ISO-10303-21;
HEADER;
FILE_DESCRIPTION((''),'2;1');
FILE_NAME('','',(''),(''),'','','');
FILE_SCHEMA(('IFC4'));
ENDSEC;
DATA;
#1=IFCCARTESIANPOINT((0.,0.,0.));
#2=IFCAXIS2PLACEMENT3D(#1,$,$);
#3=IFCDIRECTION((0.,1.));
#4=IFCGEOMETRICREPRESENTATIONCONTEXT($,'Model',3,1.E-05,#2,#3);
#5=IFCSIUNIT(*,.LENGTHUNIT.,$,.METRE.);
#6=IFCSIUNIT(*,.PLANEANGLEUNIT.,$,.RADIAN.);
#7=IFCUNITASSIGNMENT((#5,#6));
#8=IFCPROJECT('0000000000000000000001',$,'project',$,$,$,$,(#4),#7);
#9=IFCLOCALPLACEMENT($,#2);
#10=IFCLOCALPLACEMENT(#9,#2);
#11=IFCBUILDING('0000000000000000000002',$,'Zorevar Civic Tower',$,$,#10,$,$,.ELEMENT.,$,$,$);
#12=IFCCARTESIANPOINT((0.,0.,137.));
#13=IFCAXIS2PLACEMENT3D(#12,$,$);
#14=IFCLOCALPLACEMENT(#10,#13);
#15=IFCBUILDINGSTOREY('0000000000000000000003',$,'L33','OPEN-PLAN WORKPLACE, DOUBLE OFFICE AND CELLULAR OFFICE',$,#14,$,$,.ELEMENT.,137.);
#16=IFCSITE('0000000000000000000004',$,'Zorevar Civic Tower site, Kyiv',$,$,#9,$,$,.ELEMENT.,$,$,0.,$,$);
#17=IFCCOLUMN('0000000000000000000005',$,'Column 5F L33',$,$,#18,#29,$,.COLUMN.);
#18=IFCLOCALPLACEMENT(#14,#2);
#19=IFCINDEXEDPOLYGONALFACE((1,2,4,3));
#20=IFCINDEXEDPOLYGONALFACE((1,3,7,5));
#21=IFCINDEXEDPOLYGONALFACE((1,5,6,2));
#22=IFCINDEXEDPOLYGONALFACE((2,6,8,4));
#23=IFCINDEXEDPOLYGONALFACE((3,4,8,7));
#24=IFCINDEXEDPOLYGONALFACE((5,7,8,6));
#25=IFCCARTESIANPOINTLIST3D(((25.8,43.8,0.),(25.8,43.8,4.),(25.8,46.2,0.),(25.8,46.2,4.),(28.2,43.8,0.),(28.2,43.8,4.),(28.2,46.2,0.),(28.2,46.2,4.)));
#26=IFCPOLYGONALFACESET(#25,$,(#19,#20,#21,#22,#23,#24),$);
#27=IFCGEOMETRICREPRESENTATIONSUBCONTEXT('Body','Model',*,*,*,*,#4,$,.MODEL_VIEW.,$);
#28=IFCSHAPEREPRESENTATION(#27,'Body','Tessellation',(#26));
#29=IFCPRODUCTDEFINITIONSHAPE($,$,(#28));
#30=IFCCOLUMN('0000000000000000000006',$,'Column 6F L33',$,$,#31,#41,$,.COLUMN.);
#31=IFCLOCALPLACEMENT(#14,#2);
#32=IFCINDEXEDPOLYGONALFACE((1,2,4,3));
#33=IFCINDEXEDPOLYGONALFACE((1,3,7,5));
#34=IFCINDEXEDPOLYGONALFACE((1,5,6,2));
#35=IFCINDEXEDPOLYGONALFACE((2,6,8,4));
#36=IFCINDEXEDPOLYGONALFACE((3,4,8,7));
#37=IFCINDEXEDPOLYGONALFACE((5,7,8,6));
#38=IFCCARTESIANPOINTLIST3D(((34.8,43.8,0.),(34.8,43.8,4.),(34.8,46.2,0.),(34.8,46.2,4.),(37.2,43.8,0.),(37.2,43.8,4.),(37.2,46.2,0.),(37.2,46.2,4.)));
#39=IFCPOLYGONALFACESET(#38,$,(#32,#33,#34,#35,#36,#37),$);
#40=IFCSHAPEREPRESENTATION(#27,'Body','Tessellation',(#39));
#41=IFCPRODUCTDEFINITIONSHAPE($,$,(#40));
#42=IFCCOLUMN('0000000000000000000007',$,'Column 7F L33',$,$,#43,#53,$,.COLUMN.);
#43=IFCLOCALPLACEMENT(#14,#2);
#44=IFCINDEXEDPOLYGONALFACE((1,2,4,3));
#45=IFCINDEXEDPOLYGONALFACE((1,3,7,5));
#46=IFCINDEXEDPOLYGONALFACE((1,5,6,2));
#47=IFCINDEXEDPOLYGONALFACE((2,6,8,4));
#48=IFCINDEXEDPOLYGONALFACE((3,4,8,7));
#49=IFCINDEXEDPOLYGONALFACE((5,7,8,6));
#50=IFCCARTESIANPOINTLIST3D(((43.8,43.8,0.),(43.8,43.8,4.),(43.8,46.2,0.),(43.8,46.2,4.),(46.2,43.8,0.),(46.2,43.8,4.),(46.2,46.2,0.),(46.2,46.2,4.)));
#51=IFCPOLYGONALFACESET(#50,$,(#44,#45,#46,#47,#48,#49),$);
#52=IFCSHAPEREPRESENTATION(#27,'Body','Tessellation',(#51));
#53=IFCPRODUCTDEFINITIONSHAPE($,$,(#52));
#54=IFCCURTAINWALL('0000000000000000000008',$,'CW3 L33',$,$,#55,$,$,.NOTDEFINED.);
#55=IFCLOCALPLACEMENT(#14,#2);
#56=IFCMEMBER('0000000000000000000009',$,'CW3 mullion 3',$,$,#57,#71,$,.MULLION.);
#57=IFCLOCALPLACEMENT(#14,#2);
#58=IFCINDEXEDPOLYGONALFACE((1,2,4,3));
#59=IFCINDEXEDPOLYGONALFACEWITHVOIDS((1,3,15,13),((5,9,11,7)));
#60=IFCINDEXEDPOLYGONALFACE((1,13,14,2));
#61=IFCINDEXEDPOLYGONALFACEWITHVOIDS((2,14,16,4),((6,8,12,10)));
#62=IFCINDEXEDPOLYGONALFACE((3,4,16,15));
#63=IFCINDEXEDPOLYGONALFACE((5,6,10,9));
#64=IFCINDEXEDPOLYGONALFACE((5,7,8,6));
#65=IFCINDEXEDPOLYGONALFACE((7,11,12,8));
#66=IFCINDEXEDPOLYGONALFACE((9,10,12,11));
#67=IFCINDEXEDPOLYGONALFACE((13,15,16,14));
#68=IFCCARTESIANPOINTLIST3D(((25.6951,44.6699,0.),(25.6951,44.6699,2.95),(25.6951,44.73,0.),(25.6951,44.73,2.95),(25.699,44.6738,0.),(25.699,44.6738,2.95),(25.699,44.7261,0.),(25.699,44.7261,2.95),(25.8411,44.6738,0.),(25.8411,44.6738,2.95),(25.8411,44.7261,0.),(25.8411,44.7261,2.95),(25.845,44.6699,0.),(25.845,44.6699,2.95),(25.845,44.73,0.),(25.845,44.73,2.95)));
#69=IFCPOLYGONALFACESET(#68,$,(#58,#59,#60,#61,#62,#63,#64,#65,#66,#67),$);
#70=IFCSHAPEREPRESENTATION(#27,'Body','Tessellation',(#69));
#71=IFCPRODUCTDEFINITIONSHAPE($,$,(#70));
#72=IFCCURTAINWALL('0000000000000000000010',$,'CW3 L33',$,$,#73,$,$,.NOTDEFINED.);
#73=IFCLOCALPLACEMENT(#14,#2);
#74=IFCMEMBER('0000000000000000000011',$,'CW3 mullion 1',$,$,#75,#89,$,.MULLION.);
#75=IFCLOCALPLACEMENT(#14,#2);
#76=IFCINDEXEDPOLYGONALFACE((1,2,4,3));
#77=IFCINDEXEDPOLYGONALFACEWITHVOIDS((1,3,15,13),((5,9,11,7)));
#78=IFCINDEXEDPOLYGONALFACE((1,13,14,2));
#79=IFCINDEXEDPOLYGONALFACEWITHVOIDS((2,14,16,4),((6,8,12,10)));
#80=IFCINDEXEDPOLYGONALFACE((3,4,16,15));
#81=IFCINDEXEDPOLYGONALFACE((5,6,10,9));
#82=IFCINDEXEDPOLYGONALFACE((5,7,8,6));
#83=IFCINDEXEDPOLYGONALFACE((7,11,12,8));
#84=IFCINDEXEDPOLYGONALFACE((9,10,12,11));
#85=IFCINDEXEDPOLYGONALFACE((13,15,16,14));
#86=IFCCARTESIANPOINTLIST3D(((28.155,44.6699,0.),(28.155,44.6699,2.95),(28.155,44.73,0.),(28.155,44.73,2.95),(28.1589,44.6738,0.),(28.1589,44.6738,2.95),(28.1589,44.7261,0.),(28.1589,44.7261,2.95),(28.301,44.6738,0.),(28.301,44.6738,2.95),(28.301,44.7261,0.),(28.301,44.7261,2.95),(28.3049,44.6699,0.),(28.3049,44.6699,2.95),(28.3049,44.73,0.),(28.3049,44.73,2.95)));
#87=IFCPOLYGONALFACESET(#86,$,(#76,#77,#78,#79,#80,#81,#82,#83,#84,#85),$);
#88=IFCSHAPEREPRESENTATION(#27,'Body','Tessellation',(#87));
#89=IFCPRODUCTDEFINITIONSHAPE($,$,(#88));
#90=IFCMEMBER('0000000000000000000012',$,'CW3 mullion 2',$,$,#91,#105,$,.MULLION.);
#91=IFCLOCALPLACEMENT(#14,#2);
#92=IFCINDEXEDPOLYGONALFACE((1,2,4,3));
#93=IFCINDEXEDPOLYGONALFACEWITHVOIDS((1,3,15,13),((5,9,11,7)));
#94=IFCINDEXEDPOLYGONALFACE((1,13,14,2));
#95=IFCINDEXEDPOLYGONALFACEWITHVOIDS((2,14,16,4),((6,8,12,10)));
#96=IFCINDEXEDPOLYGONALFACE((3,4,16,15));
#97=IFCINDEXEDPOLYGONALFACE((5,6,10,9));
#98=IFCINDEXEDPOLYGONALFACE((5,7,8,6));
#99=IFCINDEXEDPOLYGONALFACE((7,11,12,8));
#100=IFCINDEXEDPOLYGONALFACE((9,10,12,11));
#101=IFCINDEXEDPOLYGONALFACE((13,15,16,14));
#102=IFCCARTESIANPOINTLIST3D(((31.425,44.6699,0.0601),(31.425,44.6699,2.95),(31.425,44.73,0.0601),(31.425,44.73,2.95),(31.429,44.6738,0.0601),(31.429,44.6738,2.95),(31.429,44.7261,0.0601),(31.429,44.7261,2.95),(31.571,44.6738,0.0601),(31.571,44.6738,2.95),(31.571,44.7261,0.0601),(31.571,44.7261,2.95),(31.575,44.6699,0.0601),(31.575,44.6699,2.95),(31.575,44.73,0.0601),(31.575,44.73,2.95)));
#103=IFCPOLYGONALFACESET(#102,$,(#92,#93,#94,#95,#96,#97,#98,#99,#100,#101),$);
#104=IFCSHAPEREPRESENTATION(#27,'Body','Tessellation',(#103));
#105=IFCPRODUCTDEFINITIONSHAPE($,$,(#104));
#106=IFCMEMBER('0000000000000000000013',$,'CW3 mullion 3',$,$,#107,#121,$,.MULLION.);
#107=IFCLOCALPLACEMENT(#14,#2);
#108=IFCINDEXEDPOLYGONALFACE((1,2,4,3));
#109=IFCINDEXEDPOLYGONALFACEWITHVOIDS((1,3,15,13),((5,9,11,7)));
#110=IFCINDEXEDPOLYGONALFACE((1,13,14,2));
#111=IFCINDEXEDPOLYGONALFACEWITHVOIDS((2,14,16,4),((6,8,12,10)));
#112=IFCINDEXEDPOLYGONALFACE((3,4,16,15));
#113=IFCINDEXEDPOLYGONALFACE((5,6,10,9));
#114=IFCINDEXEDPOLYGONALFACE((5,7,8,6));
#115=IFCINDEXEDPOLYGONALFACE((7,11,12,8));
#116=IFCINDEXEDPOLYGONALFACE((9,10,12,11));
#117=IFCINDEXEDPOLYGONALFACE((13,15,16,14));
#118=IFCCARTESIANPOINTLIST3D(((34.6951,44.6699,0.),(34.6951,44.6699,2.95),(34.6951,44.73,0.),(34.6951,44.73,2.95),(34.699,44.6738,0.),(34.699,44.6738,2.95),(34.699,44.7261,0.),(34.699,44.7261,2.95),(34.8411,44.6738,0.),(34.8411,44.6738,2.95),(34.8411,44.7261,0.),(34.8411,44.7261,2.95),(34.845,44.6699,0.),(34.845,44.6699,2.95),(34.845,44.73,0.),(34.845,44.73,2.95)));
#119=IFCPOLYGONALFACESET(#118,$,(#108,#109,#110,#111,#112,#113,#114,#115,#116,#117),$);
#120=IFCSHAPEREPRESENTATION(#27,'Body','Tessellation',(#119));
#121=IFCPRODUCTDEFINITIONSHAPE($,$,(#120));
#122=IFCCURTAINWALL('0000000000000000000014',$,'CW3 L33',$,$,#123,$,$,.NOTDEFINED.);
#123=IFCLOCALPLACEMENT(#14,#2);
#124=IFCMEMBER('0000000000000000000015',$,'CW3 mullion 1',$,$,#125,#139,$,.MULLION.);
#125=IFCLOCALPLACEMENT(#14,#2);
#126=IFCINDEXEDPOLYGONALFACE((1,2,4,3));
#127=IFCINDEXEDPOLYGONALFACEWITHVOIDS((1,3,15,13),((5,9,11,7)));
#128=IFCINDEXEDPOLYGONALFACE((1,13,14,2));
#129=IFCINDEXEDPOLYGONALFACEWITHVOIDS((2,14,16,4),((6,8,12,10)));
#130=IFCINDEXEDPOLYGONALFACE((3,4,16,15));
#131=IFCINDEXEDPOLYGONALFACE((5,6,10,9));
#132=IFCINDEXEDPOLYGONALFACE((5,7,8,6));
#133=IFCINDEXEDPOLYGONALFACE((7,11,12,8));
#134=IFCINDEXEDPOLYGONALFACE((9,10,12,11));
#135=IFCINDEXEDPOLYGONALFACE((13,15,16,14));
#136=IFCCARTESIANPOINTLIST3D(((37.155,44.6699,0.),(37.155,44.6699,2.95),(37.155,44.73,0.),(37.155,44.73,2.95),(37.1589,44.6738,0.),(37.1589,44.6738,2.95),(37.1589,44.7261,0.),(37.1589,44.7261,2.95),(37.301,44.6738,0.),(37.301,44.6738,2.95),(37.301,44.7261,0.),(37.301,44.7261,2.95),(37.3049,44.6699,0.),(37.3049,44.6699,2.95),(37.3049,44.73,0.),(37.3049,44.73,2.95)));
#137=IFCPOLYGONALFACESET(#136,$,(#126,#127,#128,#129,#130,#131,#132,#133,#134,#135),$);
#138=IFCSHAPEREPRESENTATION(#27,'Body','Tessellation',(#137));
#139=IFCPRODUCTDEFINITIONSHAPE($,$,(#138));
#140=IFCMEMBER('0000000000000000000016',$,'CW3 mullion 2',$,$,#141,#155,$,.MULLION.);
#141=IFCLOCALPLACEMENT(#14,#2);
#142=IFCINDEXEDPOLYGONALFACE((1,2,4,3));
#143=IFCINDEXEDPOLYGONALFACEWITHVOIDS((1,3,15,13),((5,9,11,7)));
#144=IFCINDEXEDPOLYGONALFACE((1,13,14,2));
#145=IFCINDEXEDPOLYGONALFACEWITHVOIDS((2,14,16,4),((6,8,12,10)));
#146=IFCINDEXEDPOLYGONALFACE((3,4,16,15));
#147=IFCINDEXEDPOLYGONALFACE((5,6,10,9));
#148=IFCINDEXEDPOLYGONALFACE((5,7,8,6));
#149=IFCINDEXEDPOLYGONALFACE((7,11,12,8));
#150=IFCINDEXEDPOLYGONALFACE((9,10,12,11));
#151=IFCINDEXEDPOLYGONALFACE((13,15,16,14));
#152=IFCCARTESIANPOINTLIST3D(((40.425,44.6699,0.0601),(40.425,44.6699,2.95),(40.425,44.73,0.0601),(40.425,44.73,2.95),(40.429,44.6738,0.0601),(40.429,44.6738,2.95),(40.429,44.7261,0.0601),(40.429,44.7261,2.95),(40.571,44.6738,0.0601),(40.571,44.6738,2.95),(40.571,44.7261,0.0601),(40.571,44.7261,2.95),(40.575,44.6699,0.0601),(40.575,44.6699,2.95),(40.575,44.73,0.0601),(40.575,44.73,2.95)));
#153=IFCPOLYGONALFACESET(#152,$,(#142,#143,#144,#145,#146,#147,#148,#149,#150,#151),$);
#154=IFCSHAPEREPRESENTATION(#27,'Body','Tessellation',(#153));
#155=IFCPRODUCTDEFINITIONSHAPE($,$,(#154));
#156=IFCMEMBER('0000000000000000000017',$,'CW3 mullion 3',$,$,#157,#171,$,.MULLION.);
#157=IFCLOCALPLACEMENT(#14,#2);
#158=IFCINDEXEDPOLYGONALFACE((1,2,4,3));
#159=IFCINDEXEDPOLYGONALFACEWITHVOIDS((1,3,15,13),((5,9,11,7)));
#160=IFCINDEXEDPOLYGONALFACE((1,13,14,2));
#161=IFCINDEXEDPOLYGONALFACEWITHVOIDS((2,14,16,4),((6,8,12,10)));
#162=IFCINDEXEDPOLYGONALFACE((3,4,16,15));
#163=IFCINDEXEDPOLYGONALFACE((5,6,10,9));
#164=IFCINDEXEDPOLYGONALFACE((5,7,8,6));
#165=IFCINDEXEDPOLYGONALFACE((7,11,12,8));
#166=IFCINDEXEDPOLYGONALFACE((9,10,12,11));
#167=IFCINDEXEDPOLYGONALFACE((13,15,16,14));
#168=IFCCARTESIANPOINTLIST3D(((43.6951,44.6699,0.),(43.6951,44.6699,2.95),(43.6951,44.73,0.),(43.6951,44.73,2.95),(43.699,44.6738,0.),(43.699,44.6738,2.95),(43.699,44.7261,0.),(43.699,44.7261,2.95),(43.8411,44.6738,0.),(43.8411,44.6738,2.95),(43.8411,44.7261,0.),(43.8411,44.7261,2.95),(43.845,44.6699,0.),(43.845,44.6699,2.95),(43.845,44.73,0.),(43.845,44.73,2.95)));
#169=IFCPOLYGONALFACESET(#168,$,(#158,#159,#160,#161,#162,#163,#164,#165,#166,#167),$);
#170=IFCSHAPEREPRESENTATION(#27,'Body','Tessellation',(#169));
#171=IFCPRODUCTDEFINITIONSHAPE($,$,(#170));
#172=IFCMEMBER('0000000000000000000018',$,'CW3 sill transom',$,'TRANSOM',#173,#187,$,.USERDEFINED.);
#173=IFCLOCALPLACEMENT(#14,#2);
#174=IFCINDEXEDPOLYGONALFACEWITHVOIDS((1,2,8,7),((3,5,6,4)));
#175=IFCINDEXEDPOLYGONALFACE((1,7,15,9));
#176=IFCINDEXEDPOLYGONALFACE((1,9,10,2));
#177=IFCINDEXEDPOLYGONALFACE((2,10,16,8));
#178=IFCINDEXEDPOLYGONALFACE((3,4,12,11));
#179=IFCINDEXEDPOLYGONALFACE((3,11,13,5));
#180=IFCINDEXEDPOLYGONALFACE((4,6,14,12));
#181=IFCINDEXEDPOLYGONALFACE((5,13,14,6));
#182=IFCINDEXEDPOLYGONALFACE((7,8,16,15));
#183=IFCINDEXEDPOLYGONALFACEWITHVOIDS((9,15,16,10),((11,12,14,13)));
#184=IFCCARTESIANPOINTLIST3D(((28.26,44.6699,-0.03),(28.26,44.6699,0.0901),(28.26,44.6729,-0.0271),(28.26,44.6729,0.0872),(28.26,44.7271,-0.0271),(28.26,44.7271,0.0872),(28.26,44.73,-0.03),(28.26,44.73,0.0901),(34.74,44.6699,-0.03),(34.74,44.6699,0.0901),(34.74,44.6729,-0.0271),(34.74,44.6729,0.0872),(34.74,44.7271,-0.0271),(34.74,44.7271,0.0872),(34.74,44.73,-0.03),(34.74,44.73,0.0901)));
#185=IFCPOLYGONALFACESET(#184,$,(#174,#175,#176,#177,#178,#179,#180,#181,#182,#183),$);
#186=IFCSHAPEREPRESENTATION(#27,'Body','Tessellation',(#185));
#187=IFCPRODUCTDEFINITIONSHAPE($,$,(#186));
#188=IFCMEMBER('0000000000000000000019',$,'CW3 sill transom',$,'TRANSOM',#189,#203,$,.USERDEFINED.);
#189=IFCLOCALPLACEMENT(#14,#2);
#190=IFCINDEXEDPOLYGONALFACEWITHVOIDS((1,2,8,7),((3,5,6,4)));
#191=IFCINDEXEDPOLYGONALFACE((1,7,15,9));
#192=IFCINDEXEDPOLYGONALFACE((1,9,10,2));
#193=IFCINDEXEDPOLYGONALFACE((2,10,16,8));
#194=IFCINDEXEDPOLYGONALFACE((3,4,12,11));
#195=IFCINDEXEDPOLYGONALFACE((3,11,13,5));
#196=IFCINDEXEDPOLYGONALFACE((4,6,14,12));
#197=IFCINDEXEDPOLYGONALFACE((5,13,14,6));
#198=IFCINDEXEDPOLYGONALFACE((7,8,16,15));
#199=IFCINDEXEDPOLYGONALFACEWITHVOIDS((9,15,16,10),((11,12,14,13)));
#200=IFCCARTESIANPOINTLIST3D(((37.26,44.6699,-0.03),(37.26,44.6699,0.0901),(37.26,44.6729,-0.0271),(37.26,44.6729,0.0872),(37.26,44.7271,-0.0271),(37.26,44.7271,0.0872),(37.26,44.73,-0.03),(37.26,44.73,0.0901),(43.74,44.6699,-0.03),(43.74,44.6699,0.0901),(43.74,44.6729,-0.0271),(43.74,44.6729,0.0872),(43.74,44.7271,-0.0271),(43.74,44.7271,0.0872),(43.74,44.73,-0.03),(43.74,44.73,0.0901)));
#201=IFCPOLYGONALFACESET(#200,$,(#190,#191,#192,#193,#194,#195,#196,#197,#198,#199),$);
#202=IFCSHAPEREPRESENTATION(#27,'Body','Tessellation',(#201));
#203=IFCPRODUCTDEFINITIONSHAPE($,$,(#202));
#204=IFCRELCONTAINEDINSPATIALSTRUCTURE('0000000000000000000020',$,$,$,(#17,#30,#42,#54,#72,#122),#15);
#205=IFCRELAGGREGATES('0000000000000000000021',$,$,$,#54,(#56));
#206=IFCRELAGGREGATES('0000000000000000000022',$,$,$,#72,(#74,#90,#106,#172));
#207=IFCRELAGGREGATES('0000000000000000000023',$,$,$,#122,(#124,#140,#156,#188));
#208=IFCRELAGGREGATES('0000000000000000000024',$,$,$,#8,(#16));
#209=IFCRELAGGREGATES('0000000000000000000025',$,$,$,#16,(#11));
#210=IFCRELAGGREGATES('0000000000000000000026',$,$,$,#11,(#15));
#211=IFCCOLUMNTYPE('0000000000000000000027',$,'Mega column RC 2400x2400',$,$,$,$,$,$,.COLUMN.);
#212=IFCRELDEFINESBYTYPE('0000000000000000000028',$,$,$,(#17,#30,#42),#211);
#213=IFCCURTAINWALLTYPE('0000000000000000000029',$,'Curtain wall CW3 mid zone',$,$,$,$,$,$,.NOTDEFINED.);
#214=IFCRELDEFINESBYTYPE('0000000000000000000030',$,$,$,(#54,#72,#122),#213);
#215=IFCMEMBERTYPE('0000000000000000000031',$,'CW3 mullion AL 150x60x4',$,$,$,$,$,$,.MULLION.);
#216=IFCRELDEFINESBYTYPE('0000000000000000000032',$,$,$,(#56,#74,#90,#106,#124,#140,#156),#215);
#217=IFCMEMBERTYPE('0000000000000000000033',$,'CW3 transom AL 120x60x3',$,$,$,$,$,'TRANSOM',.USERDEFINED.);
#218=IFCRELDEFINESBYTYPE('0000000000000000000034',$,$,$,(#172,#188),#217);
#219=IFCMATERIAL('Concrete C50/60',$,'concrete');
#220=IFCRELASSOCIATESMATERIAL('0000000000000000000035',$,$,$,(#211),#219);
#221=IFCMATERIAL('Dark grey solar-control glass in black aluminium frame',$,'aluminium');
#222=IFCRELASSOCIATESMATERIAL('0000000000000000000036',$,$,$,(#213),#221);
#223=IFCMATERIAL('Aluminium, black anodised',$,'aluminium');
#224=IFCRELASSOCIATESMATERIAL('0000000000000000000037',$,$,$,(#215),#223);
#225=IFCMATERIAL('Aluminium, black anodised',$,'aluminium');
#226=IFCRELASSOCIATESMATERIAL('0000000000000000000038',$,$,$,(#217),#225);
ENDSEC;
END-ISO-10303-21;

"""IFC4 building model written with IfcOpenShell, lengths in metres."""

from ifc_helpers import new_model, si_unit, direction, frame, origin, origin_2d, place, context, subcontext, project, spatial, rectangle, hollow_rectangle, extrude, material, material_profile, profile_set, type_object, element, aggregate, save


model = new_model("IFC4")

# Units and contexts
model_context = context("Model", 3, precision=1e-05, world=origin(), true_north=direction((0.0, 1.0)))
body_context = subcontext(model_context, "Body", "Model", "MODEL_VIEW")
ifc_project = project(units=[si_unit("LENGTHUNIT", "METRE"), si_unit("PLANEANGLEUNIT", "RADIAN")], contexts=[model_context])

# Site, building, storey
site_placement = place(None, origin())
site = spatial("IfcSite", under=ifc_project, at=site_placement, Name="Zorevar Civic Tower site, Kyiv", CompositionType="ELEMENT", RefElevation=0.0)
building_placement = place(site_placement, origin())
building = spatial("IfcBuilding", under=site, at=building_placement, Name="Zorevar Civic Tower", CompositionType="ELEMENT")
storey_placement = place(building_placement, frame((0.0, 0.0, 137.0)))
storey = spatial("IfcBuildingStorey", under=building, at=storey_placement, Name="L33", Description="OPEN-PLAN WORKPLACE, DOUBLE OFFICE AND CELLULAR OFFICE", CompositionType="ELEMENT", Elevation=137.0)

# Columns
ifc_material_1 = material(Name="Concrete C50/60", Category="concrete")
ifc_material_profile_1 = material_profile(ifc_material_1, rectangle(XDim=2.3999, YDim=2.3999, at=origin_2d()), Name="RC 2400x2400")
ifc_profile_set_1 = profile_set([ifc_material_profile_1], Name="Concrete C50/60")
column_type = type_object("IfcColumnType", Name="Mega column RC 2400x2400", PredefinedType="COLUMN", material=ifc_profile_set_1)
for number, where, z_axis, x_axis, name in (
    (1, (27.0, 45.0, 0.0), (0.0, 0.0, 1.0), (1.0, 0.0, 0.0), "Column 5F L33"),
    (2, (36.0, 45.0, 0.0), (0.0, 0.0, 1.0), (1.0, 0.0, 0.0), "Column 6F L33"),
    (3, (45.0, 45.0, 0.0), (0.0, 0.0, 1.0), (1.0, 0.0, 0.0), "Column 7F L33"),
):
    element("IfcColumn", number, at=place(storey_placement, frame(where, z_axis=z_axis, x_axis=x_axis)), inside=storey, type_object=column_type, Name=name, PredefinedType="COLUMN", context=body_context, shape_type="SweptSolid", body=[
        extrude(rectangle(XDim=2.3999, YDim=2.3999, at=origin_2d()), origin(), (0.0, 0.0, 1.0), 4.0),
    ])

# Curtain wall, member
ifc_material_2 = material(Name="Dark grey solar-control glass in black aluminium frame", Category="aluminium")
curtain_wall_type = type_object("IfcCurtainWallType", Name="Curtain wall CW3 mid zone", PredefinedType="NOTDEFINED", material=ifc_material_2)
curtain_wall_1_placement = place(storey_placement, origin())
curtain_wall_1 = element("IfcCurtainWall", 4, at=curtain_wall_1_placement, inside=storey, type_object=curtain_wall_type, Name="CW3 L33", PredefinedType="NOTDEFINED")
ifc_material_3 = material(Name="Aluminium, black anodised", Category="aluminium")
ifc_material_profile_2 = material_profile(ifc_material_3, hollow_rectangle(XDim=0.0601, YDim=0.1499, WallThickness=0.0039, at=origin_2d()), Name="AL 150x60x4")
ifc_profile_set_2 = profile_set([ifc_material_profile_2], Name="Aluminium, black anodised")
member_type_1 = type_object("IfcMemberType", Name="CW3 mullion AL 150x60x4", PredefinedType="MULLION", material=ifc_profile_set_2)
member_1_placement = place(storey_placement, frame((25.77, 44.7, 0.0), z_axis=(0.0, 0.0, 1.0), x_axis=(0.0, 1.0, 0.0)))
member_1 = element("IfcMember", 5, at=member_1_placement, type_object=member_type_1, Name="CW3 mullion 3", PredefinedType="MULLION", context=body_context, shape_type="SweptSolid", body=[
    extrude(hollow_rectangle(XDim=0.0601, YDim=0.1499, WallThickness=0.0039, at=origin_2d()), origin(), (0.0, 0.0, 1.0), 2.95),
])
aggregate(curtain_wall_1, [member_1])

# Curtain walls, members
curtain_wall_2_placement = place(storey_placement, origin())
curtain_wall_2 = element("IfcCurtainWall", 6, at=curtain_wall_2_placement, inside=storey, type_object=curtain_wall_type, Name="CW3 L33", PredefinedType="NOTDEFINED")
member_2_placement = place(storey_placement, frame((28.23, 44.7, 0.0), z_axis=(0.0, 0.0, 1.0), x_axis=(0.0, 1.0, 0.0)))
member_2 = element("IfcMember", 7, at=member_2_placement, type_object=member_type_1, Name="CW3 mullion 1", PredefinedType="MULLION", context=body_context, shape_type="SweptSolid", body=[
    extrude(hollow_rectangle(XDim=0.0601, YDim=0.1499, WallThickness=0.0039, at=origin_2d()), origin(), (0.0, 0.0, 1.0), 2.95),
])
member_3_placement = place(storey_placement, frame((31.5, 44.7, 0.0601), z_axis=(0.0, 0.0, 1.0), x_axis=(0.0, 1.0, 0.0)))
member_3 = element("IfcMember", 8, at=member_3_placement, type_object=member_type_1, Name="CW3 mullion 2", PredefinedType="MULLION", context=body_context, shape_type="SweptSolid", body=[
    extrude(hollow_rectangle(XDim=0.0601, YDim=0.1499, WallThickness=0.0039, at=origin_2d()), origin(), (0.0, 0.0, 1.0), 2.8899),
])
member_4_placement = place(storey_placement, frame((34.77, 44.7, 0.0), z_axis=(0.0, 0.0, 1.0), x_axis=(0.0, 1.0, 0.0)))
member_4 = element("IfcMember", 9, at=member_4_placement, type_object=member_type_1, Name="CW3 mullion 3", PredefinedType="MULLION", context=body_context, shape_type="SweptSolid", body=[
    extrude(hollow_rectangle(XDim=0.0601, YDim=0.1499, WallThickness=0.0039, at=origin_2d()), origin(), (0.0, 0.0, 1.0), 2.95),
])
curtain_wall_3_placement = place(storey_placement, origin())
curtain_wall_3 = element("IfcCurtainWall", 10, at=curtain_wall_3_placement, inside=storey, type_object=curtain_wall_type, Name="CW3 L33", PredefinedType="NOTDEFINED")
member_5_placement = place(storey_placement, frame((37.23, 44.7, 0.0), z_axis=(0.0, 0.0, 1.0), x_axis=(0.0, 1.0, 0.0)))
member_5 = element("IfcMember", 11, at=member_5_placement, type_object=member_type_1, Name="CW3 mullion 1", PredefinedType="MULLION", context=body_context, shape_type="SweptSolid", body=[
    extrude(hollow_rectangle(XDim=0.0601, YDim=0.1499, WallThickness=0.0039, at=origin_2d()), origin(), (0.0, 0.0, 1.0), 2.95),
])
member_6_placement = place(storey_placement, frame((40.5, 44.7, 0.0601), z_axis=(0.0, 0.0, 1.0), x_axis=(0.0, 1.0, 0.0)))
member_6 = element("IfcMember", 12, at=member_6_placement, type_object=member_type_1, Name="CW3 mullion 2", PredefinedType="MULLION", context=body_context, shape_type="SweptSolid", body=[
    extrude(hollow_rectangle(XDim=0.0601, YDim=0.1499, WallThickness=0.0039, at=origin_2d()), origin(), (0.0, 0.0, 1.0), 2.8899),
])
member_7_placement = place(storey_placement, frame((43.77, 44.7, 0.0), z_axis=(0.0, 0.0, 1.0), x_axis=(0.0, 1.0, 0.0)))
member_7 = element("IfcMember", 13, at=member_7_placement, type_object=member_type_1, Name="CW3 mullion 3", PredefinedType="MULLION", context=body_context, shape_type="SweptSolid", body=[
    extrude(hollow_rectangle(XDim=0.0601, YDim=0.1499, WallThickness=0.0039, at=origin_2d()), origin(), (0.0, 0.0, 1.0), 2.95),
])

# Members
ifc_material_4 = material(Name="Aluminium, black anodised", Category="aluminium")
ifc_material_profile_3 = material_profile(ifc_material_4, hollow_rectangle(XDim=0.0601, YDim=0.1201, WallThickness=0.0029, at=origin_2d()), Name="AL 120x60x3")
ifc_profile_set_3 = profile_set([ifc_material_profile_3], Name="Aluminium, black anodised")
member_type_2 = type_object("IfcMemberType", Name="CW3 transom AL 120x60x3", ElementType="TRANSOM", PredefinedType="USERDEFINED", material=ifc_profile_set_3)
member_8_placement = place(storey_placement, frame((28.26, 44.7, 0.03), z_axis=(1.0, 0.0, 0.0), x_axis=(0.0, 1.0, 0.0)))
member_8 = element("IfcMember", 14, at=member_8_placement, type_object=member_type_2, Name="CW3 sill transom", ObjectType="TRANSOM", PredefinedType="USERDEFINED", context=body_context, shape_type="SweptSolid", body=[
    extrude(hollow_rectangle(XDim=0.0601, YDim=0.1201, WallThickness=0.0029, at=origin_2d()), origin(), (0.0, 0.0, 1.0), 6.48),
])
member_9_placement = place(storey_placement, frame((37.26, 44.7, 0.03), z_axis=(1.0, 0.0, 0.0), x_axis=(0.0, 1.0, 0.0)))
member_9 = element("IfcMember", 15, at=member_9_placement, type_object=member_type_2, Name="CW3 sill transom", ObjectType="TRANSOM", PredefinedType="USERDEFINED", context=body_context, shape_type="SweptSolid", body=[
    extrude(hollow_rectangle(XDim=0.0601, YDim=0.1201, WallThickness=0.0029, at=origin_2d()), origin(), (0.0, 0.0, 1.0), 6.48),
])

aggregate(curtain_wall_2, [member_2, member_3, member_4, member_8])
aggregate(curtain_wall_3, [member_5, member_6, member_7, member_9])

save(model, "model.ifc")
